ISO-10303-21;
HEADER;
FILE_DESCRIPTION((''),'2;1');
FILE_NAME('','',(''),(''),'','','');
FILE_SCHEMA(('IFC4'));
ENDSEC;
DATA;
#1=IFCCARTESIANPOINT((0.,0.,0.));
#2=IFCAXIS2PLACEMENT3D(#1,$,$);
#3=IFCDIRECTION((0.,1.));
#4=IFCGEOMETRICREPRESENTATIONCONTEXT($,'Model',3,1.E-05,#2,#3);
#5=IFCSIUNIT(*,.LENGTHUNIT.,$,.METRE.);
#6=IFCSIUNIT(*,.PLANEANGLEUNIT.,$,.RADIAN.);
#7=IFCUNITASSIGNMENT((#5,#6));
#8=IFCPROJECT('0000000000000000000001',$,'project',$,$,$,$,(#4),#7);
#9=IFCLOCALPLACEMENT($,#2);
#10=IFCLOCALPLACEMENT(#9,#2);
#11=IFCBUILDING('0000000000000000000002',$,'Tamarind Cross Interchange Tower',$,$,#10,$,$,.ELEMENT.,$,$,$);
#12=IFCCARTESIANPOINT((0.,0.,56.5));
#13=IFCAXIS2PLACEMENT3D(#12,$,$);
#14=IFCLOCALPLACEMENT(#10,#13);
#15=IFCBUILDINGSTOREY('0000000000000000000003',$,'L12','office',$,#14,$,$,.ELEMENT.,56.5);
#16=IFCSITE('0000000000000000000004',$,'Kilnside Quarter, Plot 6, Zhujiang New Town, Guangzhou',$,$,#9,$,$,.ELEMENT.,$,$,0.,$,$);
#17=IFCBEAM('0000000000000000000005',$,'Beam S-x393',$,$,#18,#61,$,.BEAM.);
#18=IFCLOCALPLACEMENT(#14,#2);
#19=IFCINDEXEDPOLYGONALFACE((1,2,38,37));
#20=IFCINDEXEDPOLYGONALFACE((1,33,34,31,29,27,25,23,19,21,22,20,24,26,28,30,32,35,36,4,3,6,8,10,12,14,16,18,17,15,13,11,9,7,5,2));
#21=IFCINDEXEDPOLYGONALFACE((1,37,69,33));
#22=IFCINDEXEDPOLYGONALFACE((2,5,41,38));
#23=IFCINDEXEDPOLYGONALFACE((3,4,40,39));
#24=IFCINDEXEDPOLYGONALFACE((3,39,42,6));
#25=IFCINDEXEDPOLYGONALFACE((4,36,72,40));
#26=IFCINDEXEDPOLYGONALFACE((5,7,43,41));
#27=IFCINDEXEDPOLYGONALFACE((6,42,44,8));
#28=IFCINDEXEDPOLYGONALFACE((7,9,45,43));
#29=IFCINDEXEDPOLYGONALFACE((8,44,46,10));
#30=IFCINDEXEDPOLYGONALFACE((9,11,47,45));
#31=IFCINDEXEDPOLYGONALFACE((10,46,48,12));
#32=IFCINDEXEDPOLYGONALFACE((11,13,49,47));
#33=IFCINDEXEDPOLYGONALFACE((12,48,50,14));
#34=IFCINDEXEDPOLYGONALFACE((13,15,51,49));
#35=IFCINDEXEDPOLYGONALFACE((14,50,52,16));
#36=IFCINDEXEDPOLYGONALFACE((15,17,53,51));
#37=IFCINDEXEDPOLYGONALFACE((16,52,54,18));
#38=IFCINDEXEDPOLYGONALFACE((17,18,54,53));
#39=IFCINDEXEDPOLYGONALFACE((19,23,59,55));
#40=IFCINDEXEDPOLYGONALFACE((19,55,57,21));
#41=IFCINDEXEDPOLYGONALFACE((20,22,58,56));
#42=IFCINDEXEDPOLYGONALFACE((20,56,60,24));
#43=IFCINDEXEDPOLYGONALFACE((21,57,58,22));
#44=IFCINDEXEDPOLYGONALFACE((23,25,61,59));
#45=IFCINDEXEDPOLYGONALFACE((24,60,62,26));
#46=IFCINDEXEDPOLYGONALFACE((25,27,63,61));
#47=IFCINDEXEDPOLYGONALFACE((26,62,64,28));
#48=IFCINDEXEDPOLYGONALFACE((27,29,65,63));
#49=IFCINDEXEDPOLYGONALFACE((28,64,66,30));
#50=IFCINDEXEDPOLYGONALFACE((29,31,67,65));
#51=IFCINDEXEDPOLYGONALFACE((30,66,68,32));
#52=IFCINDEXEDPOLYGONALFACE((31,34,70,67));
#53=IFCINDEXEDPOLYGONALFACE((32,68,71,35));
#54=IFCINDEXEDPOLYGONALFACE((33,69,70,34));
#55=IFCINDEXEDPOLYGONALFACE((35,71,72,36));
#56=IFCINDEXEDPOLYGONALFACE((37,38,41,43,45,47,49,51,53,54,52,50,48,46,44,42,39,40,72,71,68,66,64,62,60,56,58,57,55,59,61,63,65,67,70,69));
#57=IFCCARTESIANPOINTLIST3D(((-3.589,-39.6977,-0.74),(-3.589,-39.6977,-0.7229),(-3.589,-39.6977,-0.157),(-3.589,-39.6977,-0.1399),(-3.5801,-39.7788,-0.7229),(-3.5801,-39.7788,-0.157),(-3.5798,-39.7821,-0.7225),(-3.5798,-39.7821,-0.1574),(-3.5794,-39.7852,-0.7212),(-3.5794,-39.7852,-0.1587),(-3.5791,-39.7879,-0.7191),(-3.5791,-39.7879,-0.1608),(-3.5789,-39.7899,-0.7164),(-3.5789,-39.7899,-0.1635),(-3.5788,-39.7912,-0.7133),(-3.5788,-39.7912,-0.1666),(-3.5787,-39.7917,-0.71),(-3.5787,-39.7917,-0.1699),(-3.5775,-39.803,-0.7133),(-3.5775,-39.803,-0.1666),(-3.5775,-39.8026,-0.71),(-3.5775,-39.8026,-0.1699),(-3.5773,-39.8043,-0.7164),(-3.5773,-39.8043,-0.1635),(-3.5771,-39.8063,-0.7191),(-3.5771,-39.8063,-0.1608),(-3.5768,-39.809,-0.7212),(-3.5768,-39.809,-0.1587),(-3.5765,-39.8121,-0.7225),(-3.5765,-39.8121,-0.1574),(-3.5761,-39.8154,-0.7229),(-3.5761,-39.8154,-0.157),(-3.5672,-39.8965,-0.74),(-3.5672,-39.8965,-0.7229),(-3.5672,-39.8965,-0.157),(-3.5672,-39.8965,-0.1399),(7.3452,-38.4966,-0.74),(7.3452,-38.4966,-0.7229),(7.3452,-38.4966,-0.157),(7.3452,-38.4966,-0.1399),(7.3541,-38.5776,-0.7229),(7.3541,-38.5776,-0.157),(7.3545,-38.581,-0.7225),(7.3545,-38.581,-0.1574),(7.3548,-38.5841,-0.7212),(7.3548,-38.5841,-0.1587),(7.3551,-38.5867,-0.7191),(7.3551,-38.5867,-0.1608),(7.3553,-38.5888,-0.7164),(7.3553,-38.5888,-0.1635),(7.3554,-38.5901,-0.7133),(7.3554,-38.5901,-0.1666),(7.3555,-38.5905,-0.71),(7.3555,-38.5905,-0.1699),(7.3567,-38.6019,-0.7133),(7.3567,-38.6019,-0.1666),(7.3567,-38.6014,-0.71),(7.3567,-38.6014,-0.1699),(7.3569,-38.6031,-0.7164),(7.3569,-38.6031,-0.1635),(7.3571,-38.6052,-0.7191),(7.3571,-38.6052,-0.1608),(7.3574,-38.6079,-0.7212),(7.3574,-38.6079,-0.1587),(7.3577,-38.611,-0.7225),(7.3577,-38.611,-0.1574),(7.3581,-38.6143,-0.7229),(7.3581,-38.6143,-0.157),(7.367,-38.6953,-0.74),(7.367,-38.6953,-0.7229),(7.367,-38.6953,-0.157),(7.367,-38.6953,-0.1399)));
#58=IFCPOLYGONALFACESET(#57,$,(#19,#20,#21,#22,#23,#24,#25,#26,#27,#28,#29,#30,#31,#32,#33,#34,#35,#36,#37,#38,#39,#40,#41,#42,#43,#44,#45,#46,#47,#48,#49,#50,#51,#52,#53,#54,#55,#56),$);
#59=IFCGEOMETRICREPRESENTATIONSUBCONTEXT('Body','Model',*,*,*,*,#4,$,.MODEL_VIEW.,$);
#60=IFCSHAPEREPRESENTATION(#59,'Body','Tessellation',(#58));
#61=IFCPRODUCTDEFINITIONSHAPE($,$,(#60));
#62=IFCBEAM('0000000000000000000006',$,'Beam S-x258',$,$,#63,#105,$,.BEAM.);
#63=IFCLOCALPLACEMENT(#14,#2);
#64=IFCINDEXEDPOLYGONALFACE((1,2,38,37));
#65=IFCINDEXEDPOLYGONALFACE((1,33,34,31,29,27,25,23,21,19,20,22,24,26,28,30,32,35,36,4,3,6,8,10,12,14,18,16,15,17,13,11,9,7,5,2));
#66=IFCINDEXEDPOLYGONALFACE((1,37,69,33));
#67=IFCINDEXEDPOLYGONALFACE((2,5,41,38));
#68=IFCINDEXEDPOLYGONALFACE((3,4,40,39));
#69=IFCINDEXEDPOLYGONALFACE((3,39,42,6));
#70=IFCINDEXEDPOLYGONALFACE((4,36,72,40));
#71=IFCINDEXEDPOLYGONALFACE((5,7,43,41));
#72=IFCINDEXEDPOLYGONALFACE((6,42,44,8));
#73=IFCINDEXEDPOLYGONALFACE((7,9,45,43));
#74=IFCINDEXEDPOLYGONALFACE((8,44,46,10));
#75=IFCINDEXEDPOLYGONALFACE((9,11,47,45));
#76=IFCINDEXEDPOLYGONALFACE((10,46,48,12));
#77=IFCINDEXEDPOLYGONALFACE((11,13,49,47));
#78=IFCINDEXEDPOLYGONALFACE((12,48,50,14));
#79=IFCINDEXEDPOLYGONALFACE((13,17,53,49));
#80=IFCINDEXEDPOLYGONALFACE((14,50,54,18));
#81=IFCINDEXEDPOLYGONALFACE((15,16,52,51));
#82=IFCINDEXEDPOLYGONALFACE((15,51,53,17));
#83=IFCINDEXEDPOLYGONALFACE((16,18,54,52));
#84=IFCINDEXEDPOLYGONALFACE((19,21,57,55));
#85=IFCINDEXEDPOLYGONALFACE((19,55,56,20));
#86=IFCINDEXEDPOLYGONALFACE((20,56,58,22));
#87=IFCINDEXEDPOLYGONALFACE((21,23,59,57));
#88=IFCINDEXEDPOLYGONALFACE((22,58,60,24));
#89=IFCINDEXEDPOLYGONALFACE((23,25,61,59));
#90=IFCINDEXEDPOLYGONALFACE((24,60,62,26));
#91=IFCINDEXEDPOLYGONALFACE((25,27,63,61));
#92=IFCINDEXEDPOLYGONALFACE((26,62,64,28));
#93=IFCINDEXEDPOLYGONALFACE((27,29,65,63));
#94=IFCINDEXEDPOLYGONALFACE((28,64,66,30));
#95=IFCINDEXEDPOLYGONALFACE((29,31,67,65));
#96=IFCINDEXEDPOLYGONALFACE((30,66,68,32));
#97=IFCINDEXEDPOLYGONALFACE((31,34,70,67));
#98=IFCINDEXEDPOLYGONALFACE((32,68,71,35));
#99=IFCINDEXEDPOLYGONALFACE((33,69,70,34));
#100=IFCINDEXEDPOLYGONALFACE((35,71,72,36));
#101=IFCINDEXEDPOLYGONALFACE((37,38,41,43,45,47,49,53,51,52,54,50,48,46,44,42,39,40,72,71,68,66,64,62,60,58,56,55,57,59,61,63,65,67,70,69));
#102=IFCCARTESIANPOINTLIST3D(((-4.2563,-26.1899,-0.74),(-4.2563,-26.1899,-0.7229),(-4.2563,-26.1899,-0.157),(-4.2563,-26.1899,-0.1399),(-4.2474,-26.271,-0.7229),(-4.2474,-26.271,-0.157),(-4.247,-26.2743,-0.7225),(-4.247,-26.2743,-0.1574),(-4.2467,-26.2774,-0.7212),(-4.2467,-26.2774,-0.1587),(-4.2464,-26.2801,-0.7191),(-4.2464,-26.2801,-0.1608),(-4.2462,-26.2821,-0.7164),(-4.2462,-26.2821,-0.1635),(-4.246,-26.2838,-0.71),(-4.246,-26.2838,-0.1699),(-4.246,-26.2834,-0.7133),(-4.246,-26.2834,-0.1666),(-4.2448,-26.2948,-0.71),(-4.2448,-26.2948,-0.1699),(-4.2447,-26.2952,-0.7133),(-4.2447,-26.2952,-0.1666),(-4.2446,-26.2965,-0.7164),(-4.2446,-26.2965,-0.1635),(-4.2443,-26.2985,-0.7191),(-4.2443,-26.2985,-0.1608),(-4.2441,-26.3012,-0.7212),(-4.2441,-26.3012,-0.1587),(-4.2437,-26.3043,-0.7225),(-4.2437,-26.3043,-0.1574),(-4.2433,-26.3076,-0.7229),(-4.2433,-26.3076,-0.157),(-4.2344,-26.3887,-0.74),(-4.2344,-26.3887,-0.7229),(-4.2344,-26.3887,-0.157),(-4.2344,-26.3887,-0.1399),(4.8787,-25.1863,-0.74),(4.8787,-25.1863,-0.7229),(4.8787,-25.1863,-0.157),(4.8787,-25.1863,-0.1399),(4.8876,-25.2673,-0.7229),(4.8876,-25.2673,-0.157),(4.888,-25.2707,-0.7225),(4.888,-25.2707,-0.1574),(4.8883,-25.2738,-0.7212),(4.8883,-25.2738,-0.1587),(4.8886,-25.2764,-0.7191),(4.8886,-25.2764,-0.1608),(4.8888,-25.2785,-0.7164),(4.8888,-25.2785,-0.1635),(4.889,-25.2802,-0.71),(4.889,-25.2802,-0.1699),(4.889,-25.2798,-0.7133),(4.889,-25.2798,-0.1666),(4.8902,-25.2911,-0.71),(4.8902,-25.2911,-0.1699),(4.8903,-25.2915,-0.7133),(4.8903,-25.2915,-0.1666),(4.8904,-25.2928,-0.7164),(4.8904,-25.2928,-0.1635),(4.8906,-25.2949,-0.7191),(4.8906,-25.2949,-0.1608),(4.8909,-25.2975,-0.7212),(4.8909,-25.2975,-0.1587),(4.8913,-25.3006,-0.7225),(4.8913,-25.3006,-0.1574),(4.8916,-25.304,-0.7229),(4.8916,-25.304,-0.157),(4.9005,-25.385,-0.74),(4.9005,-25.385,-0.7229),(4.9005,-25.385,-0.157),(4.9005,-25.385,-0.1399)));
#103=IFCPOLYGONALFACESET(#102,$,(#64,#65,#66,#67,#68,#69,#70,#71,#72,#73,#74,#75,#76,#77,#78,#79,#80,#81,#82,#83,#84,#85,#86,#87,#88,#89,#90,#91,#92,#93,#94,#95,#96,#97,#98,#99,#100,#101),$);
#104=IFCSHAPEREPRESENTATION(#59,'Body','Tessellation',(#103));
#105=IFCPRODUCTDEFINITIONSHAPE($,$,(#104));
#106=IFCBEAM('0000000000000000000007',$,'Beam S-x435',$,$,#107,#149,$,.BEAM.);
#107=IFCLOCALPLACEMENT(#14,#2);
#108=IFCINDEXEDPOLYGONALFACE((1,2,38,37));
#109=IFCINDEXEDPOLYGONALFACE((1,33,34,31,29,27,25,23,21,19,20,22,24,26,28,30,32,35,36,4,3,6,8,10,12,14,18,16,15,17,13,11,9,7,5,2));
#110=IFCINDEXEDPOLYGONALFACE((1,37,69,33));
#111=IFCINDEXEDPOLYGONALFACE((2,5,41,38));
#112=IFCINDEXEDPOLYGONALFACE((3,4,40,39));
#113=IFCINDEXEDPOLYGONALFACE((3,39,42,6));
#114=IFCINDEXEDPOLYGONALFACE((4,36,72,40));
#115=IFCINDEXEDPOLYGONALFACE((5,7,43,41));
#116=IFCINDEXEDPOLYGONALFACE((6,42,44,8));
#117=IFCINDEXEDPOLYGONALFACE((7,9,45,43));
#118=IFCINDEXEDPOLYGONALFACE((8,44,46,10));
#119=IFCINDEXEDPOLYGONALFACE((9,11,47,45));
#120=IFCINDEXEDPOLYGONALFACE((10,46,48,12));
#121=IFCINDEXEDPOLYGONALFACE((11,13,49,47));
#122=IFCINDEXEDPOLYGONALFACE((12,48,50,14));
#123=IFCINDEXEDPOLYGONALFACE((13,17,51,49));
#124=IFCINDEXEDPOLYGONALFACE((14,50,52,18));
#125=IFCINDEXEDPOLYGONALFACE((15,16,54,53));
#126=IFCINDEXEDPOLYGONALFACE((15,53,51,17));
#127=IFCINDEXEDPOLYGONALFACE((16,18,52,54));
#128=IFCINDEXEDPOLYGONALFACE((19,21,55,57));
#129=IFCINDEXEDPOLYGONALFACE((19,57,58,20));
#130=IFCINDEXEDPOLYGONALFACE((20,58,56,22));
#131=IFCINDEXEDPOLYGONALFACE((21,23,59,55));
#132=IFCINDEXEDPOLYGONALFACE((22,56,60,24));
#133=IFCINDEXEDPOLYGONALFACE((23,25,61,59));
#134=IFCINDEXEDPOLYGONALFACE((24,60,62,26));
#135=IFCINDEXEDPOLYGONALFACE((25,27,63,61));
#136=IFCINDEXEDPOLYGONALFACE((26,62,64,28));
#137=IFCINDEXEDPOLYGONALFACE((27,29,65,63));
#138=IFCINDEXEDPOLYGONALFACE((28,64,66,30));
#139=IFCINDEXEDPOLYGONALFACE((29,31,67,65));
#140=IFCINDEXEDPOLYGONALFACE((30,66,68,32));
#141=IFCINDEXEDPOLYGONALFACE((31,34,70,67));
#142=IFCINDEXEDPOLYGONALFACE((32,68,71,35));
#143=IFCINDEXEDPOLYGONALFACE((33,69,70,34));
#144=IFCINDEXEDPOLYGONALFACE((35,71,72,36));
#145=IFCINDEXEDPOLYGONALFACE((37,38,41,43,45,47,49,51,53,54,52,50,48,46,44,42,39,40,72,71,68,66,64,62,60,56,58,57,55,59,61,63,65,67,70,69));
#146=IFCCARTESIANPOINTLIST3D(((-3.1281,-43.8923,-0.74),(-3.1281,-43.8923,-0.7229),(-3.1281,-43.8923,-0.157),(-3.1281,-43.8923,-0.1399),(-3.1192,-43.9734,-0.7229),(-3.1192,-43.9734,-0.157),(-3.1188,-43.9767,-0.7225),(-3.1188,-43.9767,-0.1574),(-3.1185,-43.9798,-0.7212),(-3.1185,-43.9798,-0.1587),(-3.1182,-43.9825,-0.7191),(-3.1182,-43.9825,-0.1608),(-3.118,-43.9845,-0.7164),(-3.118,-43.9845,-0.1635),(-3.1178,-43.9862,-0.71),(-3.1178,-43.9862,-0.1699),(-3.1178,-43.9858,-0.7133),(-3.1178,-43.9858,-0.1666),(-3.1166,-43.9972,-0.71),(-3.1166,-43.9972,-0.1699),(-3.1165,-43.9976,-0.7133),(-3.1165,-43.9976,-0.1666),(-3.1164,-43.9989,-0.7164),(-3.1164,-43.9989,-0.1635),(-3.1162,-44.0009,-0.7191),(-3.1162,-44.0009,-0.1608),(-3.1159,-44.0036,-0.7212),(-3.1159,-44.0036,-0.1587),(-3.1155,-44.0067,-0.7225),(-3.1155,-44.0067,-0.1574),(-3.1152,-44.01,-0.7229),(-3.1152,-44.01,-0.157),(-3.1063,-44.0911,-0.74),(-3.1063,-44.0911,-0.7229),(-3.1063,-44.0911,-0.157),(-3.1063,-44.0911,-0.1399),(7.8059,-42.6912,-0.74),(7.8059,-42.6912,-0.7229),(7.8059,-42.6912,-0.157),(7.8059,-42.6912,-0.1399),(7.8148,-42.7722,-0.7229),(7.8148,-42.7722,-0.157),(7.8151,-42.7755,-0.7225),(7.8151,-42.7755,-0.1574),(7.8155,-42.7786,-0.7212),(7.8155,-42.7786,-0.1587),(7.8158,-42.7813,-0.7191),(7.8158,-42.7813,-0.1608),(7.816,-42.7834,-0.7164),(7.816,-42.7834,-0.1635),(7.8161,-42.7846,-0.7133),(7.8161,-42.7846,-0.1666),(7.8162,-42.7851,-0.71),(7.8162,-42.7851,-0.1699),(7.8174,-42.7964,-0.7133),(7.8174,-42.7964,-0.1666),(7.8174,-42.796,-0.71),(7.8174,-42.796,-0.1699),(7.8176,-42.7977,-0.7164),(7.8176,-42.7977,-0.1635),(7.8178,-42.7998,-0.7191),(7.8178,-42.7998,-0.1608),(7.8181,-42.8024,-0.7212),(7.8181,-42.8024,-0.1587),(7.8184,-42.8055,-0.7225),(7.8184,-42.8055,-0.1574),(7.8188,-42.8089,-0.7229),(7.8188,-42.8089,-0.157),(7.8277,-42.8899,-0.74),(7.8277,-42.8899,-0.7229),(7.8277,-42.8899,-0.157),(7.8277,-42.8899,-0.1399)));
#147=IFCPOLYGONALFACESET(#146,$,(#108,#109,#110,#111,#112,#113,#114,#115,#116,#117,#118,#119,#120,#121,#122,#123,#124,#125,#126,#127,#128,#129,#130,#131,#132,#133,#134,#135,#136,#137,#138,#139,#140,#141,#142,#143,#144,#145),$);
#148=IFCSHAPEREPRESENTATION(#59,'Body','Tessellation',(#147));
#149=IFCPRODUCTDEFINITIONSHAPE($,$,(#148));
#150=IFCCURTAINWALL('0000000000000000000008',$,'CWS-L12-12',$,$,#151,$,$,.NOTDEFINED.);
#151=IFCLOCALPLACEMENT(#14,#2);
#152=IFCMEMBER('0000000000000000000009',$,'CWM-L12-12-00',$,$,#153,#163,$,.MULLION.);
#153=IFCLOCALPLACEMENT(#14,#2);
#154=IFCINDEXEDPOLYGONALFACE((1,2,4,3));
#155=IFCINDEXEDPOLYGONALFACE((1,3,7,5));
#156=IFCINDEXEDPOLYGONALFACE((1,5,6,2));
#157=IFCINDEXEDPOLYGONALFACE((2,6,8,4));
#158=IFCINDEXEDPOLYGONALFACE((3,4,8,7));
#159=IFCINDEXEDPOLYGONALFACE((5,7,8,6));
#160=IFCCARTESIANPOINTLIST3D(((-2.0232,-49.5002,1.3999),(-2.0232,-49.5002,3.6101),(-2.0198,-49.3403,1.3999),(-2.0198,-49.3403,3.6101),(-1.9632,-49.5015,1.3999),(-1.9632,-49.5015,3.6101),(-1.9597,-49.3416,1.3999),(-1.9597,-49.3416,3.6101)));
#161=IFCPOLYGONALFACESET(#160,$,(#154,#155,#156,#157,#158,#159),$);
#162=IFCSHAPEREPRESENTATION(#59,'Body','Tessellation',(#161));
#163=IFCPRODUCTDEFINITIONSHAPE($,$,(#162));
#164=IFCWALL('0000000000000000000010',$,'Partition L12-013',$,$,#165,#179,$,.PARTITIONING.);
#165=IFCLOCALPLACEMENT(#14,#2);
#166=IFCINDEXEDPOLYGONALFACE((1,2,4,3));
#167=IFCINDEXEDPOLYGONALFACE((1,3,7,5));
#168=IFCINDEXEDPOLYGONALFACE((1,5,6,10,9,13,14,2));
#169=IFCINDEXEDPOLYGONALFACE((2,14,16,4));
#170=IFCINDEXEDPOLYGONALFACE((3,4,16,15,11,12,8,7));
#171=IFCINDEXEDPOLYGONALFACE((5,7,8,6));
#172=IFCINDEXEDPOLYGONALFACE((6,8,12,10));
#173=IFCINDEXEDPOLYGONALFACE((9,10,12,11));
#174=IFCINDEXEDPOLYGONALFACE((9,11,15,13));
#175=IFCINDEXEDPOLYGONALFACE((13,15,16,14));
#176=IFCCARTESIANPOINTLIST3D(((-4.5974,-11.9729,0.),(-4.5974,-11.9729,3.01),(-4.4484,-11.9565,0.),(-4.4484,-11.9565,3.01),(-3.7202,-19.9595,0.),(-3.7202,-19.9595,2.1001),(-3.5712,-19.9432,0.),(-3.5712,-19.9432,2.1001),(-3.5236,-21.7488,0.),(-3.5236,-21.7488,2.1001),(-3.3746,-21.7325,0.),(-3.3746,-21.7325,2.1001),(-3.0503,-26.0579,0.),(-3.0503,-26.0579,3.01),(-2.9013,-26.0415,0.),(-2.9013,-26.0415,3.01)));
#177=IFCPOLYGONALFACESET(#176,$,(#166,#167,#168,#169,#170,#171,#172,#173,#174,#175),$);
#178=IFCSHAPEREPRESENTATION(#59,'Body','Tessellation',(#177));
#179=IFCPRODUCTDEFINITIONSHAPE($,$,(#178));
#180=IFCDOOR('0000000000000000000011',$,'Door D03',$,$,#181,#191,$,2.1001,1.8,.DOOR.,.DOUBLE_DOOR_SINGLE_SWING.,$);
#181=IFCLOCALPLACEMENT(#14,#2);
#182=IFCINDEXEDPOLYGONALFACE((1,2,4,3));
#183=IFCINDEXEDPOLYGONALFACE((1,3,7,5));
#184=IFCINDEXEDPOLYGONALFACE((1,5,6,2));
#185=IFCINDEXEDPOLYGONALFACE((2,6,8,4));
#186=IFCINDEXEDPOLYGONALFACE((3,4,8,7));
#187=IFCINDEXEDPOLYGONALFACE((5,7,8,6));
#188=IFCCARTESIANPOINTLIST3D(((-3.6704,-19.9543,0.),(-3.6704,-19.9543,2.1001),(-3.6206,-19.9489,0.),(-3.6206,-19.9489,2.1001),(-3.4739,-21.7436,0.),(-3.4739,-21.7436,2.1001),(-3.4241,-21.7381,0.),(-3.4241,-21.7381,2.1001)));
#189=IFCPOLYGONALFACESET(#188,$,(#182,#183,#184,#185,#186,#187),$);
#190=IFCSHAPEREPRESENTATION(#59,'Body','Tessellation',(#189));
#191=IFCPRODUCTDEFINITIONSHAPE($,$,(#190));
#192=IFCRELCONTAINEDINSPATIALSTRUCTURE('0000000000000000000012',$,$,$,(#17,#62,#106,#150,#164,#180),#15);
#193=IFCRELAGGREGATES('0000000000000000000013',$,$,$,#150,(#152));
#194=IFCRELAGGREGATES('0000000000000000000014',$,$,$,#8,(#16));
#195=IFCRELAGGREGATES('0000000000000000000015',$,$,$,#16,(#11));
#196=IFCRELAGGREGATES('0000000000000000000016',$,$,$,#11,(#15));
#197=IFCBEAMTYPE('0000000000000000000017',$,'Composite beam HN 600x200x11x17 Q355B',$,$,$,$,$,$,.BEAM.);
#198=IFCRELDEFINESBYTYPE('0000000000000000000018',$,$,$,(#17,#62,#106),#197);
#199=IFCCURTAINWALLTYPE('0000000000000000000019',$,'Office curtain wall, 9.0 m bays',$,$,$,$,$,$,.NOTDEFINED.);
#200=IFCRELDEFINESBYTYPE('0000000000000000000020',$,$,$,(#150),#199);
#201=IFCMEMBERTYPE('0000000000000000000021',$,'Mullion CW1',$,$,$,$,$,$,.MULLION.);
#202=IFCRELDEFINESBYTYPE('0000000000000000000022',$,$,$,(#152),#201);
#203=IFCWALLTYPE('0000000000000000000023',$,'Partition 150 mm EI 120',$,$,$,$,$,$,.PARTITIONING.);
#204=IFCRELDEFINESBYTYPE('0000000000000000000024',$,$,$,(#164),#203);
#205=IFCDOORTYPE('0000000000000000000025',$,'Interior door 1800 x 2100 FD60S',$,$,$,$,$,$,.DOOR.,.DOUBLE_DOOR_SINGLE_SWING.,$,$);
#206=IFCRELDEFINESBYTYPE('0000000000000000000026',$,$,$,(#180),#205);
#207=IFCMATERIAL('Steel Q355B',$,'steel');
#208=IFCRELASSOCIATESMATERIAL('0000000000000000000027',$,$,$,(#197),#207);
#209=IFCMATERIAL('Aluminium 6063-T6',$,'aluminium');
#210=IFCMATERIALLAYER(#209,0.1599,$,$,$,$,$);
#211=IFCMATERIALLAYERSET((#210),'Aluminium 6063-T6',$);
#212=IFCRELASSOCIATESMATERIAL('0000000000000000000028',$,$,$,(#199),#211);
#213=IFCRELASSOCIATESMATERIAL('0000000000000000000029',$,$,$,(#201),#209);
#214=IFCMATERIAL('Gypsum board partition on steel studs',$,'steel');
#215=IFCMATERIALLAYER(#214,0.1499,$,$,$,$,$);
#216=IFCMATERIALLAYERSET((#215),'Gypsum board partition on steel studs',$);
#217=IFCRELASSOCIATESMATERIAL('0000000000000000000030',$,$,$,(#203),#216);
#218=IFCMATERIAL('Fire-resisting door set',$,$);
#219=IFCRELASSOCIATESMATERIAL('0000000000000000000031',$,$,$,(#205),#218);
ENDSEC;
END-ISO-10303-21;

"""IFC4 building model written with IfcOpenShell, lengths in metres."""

from ifc_helpers import new_model, si_unit, direction, frame, frame_2d, origin, origin_2d, place, context, subcontext, project, spatial, rectangle, i_section, extrude, material, layer, layer_set, material_profile, profile_set, type_object, element, fill, aggregate, save


model = new_model("IFC4")

# Units and contexts
model_context = context("Model", 3, precision=1e-05, world=origin(), true_north=direction((0.0, 1.0)))
body_context = subcontext(model_context, "Body", "Model", "MODEL_VIEW")
ifc_project = project(units=[si_unit("LENGTHUNIT", "METRE"), si_unit("PLANEANGLEUNIT", "RADIAN")], contexts=[model_context])

# Site, building, storey
site_placement = place(None, origin())
site = spatial("IfcSite", under=ifc_project, at=site_placement, Name="Kilnside Quarter, Plot 6, Zhujiang New Town, Guangzhou", CompositionType="ELEMENT", RefElevation=0.0)
building_placement = place(site_placement, origin())
building = spatial("IfcBuilding", under=site, at=building_placement, Name="Tamarind Cross Interchange Tower", CompositionType="ELEMENT")
storey_placement = place(building_placement, frame((0.0, 0.0, 56.5)))
storey = spatial("IfcBuildingStorey", under=building, at=storey_placement, Name="L12", Description="office", CompositionType="ELEMENT", Elevation=56.5)

# Beams
ifc_material_1 = material(Name="Steel Q355B", Category="steel")
ifc_material_profile_1 = material_profile(ifc_material_1, i_section(OverallWidth=0.2, OverallDepth=0.6001, WebThickness=0.011, FlangeThickness=0.0171, FilletRadius=0.0129, at=origin_2d()), Name="HN 600x200x11x17")
ifc_profile_set_1 = profile_set([ifc_material_profile_1], Name="Steel Q355B")
beam_type_1 = type_object("IfcBeamType", Name="Composite beam HN 600x200x11x17 Q355B", PredefinedType="BEAM", material=ifc_profile_set_1)
beam_1_placement = place(storey_placement, frame((-3.5781, -39.7971, -0.4399), z_axis=(0.99402, 0.109196, 0.0), x_axis=(-0.109196, 0.99402, 0.0)))
element("IfcBeam", 1, at=beam_1_placement, inside=storey, type_object=beam_type_1, Name="Beam S-x393", PredefinedType="BEAM", context=body_context, shape_type="SweptSolid", body=[
    extrude(i_section(OverallWidth=0.2, OverallDepth=0.6001, WebThickness=0.011, FlangeThickness=0.0171, FilletRadius=0.0129, at=origin_2d()), origin(), (0.0, 0.0, 1.0), 11.0),
])
beam_2_placement = place(storey_placement, frame((-4.2454, -26.2893, -0.4399), z_axis=(0.994018, 0.109213, 0.0), x_axis=(-0.109213, 0.994018, 0.0)))
element("IfcBeam", 2, at=beam_2_placement, inside=storey, type_object=beam_type_1, Name="Beam S-x258", PredefinedType="BEAM", context=body_context, shape_type="SweptSolid", body=[
    extrude(i_section(OverallWidth=0.2, OverallDepth=0.6001, WebThickness=0.011, FlangeThickness=0.0171, FilletRadius=0.0129, at=origin_2d()), origin(), (0.0, 0.0, 1.0), 9.1899),
])
beam_3_placement = place(storey_placement, frame((-3.1172, -43.9917, -0.4399), z_axis=(0.99402, 0.109199, 0.0), x_axis=(-0.109199, 0.99402, 0.0)))
element("IfcBeam", 3, at=beam_3_placement, inside=storey, type_object=beam_type_1, Name="Beam S-x435", PredefinedType="BEAM", context=body_context, shape_type="SweptSolid", body=[
    extrude(i_section(OverallWidth=0.2, OverallDepth=0.6001, WebThickness=0.011, FlangeThickness=0.0171, FilletRadius=0.0129, at=origin_2d()), origin(), (0.0, 0.0, 1.0), 10.9998),
])

# Curtain wall, member
ifc_material_2 = material(Name="Aluminium 6063-T6", Category="aluminium")
ifc_layer_1 = layer(ifc_material_2, 0.1599)
ifc_layer_set_1 = layer_set([ifc_layer_1], Name="Aluminium 6063-T6")
curtain_wall_type = type_object("IfcCurtainWallType", Name="Office curtain wall, 9.0 m bays", PredefinedType="NOTDEFINED", material=ifc_layer_set_1)
curtain_wall_placement = place(storey_placement, origin())
curtain_wall = element("IfcCurtainWall", 4, at=curtain_wall_placement, inside=storey, type_object=curtain_wall_type, Name="CWS-L12-12", PredefinedType="NOTDEFINED")
ifc_material_profile_2 = material_profile(ifc_material_2, rectangle(XDim=0.0601, YDim=0.1599, at=origin_2d()), Name="Mullion CW1")
ifc_profile_set_2 = profile_set([ifc_material_profile_2], Name="Aluminium 6063-T6")
member_type = type_object("IfcMemberType", Name="Mullion CW1", PredefinedType="MULLION", material=ifc_profile_set_2)
member_placement = place(storey_placement, frame((-1.9915, -49.4209, 1.3999), z_axis=(0.0, 0.0, 1.0), x_axis=(0.999769, -0.021487, 0.0)))
member = element("IfcMember", 5, at=member_placement, type_object=member_type, Name="CWM-L12-12-00", PredefinedType="MULLION", context=body_context, shape_type="SweptSolid", body=[
    extrude(rectangle(XDim=0.0601, YDim=0.1599, at=origin_2d()), origin(), (0.0, 0.0, 1.0), 2.2102),
])
aggregate(curtain_wall, [member])

# Wall, opening, door
ifc_material_3 = material(Name="Gypsum board partition on steel studs", Category="steel")
ifc_layer_2 = layer(ifc_material_3, 0.1499)
ifc_layer_set_2 = layer_set([ifc_layer_2], Name="Gypsum board partition on steel studs")
wall_type_1 = type_object("IfcWallType", Name="Partition 150 mm EI 120", PredefinedType="PARTITIONING", material=ifc_layer_set_2)
wall_1_placement = place(storey_placement, frame((-4.5229, -11.9646, 0.0), z_axis=(0.0, 0.0, 1.0), x_axis=(0.109185, -0.994021, 0.0)))
wall_1 = element("IfcWall", 6, at=wall_1_placement, inside=storey, type_object=wall_type_1, Name="Partition L12-013", PredefinedType="PARTITIONING", context=body_context, shape_type="SweptSolid", body=[
    extrude(rectangle(XDim=14.1697, YDim=0.1499, at=frame_2d((7.085, 0.0))), origin(), (0.0, 0.0, 1.0), 3.01),
])
opening_1_placement = place(wall_1_placement, frame((8.0349, 0.0, 0.0)))
opening_1 = element("IfcOpeningElement", 7, at=opening_1_placement, cuts=wall_1, PredefinedType="OPENING", context=body_context, shape_type="SweptSolid", body=[
    extrude(rectangle(XDim=1.8, YDim=2.1001, at=frame_2d((0.8999, 1.05))), frame((0.0, 0.085, 0.0), z_axis=(0.0, -1.0, 0.0), x_axis=(1.0, 0.0, 0.0)), (0.0, 0.0, 1.0), 0.1699),
])
ifc_material_4 = material(Name="Fire-resisting door set")
door_type_1 = type_object("IfcDoorType", Name="Interior door 1800 x 2100 FD60S", OperationType="DOUBLE_DOOR_SINGLE_SWING", PredefinedType="DOOR", material=ifc_material_4)
door_1_placement = place(opening_1_placement, frame((1.8, 0.0, 0.0), z_axis=(0.0, 0.0, 1.0), x_axis=(-1.0, 0.0, 0.0)))
door_1 = element("IfcDoor", 8, at=door_1_placement, inside=storey, type_object=door_type_1, Name="Door D03", OperationType="DOUBLE_DOOR_SINGLE_SWING", OverallHeight=2.1001, OverallWidth=1.8, PredefinedType="DOOR", context=body_context, shape_type="SweptSolid", body=[
    extrude(rectangle(XDim=1.8, YDim=2.1001, at=frame_2d((0.8999, 1.05))), frame((0.0, 0.0249, 0.0), z_axis=(0.0, -1.0, 0.0), x_axis=(1.0, 0.0, 0.0)), (0.0, 0.0, 1.0), 0.05),
])
fill(opening_1, door_1)

save(model, "model.ifc")
